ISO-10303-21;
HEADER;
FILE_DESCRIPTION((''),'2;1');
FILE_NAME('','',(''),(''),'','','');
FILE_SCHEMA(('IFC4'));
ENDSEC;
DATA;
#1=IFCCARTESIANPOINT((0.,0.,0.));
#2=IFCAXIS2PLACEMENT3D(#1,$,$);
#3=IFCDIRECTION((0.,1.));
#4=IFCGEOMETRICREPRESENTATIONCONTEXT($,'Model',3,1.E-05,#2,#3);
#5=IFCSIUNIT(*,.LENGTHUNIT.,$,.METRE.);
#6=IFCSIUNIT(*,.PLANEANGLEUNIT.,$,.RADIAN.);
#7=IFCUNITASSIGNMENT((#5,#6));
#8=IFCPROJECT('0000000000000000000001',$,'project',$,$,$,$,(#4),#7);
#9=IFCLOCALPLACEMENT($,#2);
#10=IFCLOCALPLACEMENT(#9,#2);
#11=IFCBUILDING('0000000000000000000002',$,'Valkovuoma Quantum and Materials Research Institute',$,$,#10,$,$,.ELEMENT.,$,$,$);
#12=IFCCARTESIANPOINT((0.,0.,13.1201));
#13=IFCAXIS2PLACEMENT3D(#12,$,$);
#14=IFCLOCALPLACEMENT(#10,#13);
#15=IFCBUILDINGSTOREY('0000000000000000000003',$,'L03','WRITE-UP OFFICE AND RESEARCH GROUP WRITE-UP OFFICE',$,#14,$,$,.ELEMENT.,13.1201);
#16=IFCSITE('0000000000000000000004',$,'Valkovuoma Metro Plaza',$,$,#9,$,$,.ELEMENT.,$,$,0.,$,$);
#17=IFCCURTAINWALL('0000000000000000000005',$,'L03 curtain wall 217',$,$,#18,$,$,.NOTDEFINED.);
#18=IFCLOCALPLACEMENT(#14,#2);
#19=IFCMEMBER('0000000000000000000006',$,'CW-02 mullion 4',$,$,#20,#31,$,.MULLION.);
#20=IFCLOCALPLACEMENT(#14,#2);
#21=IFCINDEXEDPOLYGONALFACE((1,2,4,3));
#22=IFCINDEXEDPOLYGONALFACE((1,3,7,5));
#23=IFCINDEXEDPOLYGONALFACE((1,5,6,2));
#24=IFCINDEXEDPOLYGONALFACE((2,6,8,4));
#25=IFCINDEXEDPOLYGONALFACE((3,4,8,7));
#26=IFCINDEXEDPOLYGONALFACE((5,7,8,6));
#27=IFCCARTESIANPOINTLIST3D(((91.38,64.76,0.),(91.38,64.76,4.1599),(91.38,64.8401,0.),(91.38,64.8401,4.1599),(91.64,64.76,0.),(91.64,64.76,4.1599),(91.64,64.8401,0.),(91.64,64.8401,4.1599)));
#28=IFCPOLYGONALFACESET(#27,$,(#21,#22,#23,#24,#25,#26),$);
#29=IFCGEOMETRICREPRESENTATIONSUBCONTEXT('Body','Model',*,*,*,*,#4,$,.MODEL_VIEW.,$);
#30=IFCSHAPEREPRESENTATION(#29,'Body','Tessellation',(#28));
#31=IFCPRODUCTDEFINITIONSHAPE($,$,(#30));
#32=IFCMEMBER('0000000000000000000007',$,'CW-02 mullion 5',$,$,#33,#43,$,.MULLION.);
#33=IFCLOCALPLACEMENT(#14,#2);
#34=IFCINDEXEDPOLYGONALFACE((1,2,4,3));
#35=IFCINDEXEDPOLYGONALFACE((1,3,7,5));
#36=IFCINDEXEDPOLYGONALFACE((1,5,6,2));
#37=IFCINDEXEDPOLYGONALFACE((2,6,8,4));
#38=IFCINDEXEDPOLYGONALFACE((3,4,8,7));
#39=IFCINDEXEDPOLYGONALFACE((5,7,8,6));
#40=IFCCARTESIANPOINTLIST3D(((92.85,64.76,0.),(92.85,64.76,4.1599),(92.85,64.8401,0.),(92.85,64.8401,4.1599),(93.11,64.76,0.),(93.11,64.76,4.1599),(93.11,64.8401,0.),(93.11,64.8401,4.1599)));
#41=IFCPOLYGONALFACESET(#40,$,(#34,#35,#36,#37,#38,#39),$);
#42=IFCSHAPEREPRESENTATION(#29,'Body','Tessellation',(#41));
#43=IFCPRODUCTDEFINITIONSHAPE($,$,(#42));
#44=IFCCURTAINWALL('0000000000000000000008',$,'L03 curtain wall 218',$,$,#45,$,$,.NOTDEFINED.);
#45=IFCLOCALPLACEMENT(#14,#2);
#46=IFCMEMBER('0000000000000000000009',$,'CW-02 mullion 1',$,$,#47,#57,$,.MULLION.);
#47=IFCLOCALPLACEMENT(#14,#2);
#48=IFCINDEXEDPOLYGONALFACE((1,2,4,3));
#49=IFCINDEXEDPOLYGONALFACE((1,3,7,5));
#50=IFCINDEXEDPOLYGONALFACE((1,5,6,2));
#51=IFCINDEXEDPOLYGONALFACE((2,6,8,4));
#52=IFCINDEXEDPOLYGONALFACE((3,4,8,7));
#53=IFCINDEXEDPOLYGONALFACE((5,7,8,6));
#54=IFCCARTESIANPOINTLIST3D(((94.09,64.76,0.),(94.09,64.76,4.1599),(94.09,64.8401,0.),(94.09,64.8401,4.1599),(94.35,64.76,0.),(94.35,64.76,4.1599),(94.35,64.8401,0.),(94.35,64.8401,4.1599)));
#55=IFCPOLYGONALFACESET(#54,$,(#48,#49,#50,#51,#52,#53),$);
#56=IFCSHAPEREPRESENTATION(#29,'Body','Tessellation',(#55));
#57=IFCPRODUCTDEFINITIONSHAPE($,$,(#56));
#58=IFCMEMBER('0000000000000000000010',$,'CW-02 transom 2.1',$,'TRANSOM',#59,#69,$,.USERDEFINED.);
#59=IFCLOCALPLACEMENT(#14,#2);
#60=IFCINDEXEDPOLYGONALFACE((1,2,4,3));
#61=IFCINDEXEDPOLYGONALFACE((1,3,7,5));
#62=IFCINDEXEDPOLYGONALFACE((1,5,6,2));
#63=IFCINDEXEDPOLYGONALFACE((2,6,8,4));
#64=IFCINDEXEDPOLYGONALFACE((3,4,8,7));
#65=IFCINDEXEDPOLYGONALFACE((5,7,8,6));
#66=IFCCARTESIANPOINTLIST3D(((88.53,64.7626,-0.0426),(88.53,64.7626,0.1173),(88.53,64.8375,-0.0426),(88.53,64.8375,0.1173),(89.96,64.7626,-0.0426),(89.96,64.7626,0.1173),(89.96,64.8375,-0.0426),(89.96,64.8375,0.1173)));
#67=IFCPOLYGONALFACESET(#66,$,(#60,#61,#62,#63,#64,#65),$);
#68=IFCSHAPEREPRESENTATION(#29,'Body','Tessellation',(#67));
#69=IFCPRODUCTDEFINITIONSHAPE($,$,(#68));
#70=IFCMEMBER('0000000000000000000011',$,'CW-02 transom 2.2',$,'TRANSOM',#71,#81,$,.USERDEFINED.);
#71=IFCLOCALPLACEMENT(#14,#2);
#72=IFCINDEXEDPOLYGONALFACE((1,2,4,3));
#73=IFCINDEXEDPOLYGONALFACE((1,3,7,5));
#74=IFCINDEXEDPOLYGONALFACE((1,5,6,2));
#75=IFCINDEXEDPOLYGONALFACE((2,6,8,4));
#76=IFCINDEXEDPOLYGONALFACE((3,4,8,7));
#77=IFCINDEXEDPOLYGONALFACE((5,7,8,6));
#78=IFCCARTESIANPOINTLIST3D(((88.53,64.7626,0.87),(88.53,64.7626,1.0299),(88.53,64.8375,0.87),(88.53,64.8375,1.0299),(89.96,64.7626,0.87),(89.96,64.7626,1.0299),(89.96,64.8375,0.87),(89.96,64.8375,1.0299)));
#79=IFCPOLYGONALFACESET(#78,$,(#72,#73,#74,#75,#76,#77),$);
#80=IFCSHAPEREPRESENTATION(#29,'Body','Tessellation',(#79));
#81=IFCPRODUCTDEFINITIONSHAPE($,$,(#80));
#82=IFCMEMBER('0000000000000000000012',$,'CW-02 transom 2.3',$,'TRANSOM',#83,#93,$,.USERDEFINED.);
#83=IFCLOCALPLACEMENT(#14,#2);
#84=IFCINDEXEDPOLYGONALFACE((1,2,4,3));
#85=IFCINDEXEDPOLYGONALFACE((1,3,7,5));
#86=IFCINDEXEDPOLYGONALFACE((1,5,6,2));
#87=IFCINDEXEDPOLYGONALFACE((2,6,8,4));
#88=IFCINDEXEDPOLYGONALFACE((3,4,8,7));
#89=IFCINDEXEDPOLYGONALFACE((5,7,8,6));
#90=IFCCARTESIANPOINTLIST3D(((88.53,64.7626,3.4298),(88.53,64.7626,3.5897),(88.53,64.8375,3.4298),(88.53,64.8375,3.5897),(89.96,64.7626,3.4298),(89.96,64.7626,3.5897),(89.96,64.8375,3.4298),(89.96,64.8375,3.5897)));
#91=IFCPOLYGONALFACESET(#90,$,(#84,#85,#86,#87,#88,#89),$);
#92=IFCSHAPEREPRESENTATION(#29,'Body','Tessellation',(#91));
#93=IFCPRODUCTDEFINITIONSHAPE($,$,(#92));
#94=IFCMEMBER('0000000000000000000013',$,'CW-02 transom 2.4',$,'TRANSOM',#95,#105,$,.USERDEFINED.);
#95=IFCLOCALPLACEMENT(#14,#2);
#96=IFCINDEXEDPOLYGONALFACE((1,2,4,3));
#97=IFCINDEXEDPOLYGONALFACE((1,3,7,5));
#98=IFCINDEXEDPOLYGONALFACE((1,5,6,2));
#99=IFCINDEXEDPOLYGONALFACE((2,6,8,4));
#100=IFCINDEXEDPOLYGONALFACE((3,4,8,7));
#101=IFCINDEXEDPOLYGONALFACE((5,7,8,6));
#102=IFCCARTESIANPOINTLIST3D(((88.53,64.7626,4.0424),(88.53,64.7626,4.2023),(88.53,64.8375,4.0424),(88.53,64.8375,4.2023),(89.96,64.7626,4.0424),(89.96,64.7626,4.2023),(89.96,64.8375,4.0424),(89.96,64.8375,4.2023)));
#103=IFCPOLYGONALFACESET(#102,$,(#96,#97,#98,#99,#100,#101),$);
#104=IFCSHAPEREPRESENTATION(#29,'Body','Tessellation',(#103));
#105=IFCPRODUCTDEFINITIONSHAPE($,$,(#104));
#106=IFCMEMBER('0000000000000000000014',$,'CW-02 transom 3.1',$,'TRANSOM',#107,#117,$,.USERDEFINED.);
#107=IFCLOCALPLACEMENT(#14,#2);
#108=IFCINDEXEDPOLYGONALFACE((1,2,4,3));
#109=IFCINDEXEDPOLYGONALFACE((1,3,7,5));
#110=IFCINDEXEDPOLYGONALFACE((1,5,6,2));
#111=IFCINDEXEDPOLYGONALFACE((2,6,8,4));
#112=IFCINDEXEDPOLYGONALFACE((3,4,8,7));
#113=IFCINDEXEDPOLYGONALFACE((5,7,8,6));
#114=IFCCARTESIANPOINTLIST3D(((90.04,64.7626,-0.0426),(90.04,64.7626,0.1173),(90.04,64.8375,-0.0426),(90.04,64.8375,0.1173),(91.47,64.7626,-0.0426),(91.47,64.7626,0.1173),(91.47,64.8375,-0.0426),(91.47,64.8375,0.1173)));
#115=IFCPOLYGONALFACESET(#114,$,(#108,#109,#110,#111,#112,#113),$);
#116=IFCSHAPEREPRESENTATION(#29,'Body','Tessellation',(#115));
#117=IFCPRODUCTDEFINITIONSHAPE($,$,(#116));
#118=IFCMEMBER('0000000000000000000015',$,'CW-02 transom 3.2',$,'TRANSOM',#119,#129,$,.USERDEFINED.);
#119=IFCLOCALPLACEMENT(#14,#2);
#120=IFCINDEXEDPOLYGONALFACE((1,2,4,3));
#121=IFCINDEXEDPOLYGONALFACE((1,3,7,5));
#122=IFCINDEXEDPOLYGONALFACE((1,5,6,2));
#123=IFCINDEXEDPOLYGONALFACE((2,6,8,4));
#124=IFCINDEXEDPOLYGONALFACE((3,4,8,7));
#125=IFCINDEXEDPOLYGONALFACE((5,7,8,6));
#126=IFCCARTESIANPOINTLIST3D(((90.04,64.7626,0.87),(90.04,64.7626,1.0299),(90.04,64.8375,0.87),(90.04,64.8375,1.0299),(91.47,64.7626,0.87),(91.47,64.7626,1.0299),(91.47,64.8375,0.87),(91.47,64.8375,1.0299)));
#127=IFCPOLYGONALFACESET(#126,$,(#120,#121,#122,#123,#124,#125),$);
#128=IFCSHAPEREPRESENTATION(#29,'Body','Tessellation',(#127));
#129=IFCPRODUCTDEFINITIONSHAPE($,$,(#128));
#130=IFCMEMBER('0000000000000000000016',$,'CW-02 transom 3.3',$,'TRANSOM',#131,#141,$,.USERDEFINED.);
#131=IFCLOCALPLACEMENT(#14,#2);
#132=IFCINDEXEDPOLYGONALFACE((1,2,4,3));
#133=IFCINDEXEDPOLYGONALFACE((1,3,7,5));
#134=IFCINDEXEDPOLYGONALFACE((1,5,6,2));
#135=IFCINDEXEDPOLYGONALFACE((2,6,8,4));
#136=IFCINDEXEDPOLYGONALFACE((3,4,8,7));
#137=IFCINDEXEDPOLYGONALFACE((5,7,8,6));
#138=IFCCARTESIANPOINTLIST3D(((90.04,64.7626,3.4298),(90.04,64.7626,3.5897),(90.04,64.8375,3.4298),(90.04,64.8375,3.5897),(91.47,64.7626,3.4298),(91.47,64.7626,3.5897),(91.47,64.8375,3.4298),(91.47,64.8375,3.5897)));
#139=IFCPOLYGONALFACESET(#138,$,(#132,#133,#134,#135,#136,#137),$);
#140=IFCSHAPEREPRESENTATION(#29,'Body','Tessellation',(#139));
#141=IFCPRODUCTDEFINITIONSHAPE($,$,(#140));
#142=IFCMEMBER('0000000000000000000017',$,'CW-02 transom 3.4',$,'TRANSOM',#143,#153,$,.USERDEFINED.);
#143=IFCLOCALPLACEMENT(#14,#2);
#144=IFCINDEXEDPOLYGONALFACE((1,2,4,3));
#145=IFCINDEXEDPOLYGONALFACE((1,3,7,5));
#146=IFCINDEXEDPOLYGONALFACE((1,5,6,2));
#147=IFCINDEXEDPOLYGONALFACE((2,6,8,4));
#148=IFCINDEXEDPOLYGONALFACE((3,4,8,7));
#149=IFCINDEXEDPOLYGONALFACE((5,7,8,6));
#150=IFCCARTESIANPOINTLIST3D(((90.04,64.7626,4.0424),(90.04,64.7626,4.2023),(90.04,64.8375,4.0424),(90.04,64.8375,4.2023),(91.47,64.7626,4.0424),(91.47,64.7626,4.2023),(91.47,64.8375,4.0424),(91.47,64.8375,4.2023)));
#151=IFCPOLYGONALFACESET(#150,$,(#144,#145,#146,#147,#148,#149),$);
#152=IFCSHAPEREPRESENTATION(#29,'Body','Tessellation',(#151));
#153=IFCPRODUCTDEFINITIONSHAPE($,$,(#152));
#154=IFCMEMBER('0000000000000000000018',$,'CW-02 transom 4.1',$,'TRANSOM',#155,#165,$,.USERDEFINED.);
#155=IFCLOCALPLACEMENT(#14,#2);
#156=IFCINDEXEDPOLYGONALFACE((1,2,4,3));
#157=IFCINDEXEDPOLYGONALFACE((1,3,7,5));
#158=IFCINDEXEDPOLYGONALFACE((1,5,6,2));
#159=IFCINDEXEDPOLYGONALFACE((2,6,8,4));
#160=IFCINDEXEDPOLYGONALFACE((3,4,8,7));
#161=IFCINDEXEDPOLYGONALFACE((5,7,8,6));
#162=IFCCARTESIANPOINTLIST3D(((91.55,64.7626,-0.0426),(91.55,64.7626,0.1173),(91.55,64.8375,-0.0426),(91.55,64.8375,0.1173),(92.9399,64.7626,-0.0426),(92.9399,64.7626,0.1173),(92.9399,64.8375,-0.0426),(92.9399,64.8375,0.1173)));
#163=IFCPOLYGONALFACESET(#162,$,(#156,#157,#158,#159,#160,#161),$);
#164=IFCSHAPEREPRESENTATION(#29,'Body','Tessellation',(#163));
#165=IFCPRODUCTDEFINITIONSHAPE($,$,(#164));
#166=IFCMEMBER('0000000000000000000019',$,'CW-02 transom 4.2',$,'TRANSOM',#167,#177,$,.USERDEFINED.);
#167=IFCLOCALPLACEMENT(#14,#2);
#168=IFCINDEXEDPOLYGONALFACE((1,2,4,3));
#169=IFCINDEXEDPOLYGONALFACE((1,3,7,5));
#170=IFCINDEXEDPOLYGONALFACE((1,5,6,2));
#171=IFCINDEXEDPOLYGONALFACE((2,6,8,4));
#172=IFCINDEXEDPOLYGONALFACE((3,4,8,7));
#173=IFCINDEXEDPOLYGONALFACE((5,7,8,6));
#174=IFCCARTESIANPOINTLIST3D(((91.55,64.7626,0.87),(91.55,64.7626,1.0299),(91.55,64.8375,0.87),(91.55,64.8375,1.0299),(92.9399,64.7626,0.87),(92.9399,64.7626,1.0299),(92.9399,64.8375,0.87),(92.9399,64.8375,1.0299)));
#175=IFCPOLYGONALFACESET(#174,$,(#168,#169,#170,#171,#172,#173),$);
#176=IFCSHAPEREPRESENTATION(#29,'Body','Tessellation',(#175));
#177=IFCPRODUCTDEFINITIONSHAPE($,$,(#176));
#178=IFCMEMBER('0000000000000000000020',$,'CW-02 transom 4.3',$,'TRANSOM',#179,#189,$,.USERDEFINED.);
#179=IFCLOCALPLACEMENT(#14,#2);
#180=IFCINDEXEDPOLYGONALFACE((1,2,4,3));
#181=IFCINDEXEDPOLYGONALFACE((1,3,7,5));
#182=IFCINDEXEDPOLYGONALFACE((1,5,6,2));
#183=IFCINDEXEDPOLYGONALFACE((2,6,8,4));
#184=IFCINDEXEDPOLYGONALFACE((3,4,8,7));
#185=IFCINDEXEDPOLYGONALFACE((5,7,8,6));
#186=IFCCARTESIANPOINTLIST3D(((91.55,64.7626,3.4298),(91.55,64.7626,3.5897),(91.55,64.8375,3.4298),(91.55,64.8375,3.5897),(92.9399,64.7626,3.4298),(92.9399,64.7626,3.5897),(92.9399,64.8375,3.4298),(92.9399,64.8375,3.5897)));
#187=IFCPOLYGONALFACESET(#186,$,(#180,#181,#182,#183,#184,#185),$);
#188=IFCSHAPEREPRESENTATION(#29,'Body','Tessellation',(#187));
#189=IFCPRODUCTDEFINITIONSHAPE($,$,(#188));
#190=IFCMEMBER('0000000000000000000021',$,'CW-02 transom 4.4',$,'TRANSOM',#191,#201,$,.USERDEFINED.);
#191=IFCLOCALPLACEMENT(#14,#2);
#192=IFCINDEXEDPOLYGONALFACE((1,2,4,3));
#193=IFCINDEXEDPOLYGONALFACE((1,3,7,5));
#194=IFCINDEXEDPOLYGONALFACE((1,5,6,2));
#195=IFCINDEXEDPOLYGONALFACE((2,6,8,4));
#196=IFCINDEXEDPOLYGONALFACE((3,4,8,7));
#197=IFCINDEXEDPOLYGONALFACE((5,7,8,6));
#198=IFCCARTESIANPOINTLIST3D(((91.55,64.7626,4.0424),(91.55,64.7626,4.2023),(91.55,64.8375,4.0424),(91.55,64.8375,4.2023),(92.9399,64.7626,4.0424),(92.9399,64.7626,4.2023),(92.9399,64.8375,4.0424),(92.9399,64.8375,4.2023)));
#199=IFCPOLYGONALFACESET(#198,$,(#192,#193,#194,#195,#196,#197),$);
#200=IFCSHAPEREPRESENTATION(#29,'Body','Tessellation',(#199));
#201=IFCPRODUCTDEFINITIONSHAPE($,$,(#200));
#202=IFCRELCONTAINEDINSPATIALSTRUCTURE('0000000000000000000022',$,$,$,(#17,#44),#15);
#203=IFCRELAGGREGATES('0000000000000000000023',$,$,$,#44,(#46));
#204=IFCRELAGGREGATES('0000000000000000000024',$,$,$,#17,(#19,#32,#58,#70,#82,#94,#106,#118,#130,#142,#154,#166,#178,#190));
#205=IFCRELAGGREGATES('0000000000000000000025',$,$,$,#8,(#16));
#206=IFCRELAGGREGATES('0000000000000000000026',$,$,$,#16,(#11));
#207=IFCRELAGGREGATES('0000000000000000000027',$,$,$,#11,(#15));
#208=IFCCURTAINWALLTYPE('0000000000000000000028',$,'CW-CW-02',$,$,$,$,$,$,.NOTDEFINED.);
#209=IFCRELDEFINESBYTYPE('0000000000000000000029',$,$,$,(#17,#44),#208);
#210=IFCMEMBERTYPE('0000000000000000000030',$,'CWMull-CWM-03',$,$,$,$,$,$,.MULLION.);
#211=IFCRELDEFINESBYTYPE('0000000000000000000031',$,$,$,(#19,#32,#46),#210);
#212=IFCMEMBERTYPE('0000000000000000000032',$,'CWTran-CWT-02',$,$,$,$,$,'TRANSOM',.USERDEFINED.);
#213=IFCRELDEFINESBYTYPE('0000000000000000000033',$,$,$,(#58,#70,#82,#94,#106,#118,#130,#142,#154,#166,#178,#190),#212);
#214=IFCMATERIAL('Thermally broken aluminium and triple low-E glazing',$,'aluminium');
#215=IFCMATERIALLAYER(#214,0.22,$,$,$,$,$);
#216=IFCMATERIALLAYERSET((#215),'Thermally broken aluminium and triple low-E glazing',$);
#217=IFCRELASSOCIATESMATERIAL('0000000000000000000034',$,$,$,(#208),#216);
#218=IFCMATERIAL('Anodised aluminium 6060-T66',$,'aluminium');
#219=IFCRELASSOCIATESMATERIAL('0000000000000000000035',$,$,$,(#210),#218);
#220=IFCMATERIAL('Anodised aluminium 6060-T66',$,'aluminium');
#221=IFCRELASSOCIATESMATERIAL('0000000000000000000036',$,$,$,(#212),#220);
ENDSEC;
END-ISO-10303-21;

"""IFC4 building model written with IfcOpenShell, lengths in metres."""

from ifc_helpers import new_model, si_unit, direction, frame, origin, origin_2d, place, context, subcontext, project, spatial, rectangle, extrude, material, layer, layer_set, material_profile, profile_set, type_object, element, aggregate, save


model = new_model("IFC4")

# Units and contexts
model_context = context("Model", 3, precision=1e-05, world=origin(), true_north=direction((0.0, 1.0)))
body_context = subcontext(model_context, "Body", "Model", "MODEL_VIEW")
ifc_project = project(units=[si_unit("LENGTHUNIT", "METRE"), si_unit("PLANEANGLEUNIT", "RADIAN")], contexts=[model_context])

# Site, building, storey
site_placement = place(None, origin())
site = spatial("IfcSite", under=ifc_project, at=site_placement, Name="Valkovuoma Metro Plaza", CompositionType="ELEMENT", RefElevation=0.0)
building_placement = place(site_placement, origin())
building = spatial("IfcBuilding", under=site, at=building_placement, Name="Valkovuoma Quantum and Materials Research Institute", CompositionType="ELEMENT")
storey_placement = place(building_placement, frame((0.0, 0.0, 13.1201)))
storey = spatial("IfcBuildingStorey", under=building, at=storey_placement, Name="L03", Description="WRITE-UP OFFICE AND RESEARCH GROUP WRITE-UP OFFICE", CompositionType="ELEMENT", Elevation=13.1201)

# Curtain wall, members
ifc_material_1 = material(Name="Thermally broken aluminium and triple low-E glazing", Category="aluminium")
ifc_layer_1 = layer(ifc_material_1, 0.22)
ifc_layer_set_1 = layer_set([ifc_layer_1], Name="Thermally broken aluminium and triple low-E glazing")
curtain_wall_type = type_object("IfcCurtainWallType", Name="CW-CW-02", PredefinedType="NOTDEFINED", material=ifc_layer_set_1)
curtain_wall_1_placement = place(storey_placement, origin())
curtain_wall_1 = element("IfcCurtainWall", 1, at=curtain_wall_1_placement, inside=storey, type_object=curtain_wall_type, Name="L03 curtain wall 217", PredefinedType="NOTDEFINED")
ifc_material_2 = material(Name="Anodised aluminium 6060-T66", Category="aluminium")
ifc_material_profile_1 = material_profile(ifc_material_2, rectangle(XDim=0.0801, YDim=0.26, at=origin_2d()), Name="Anodised aluminium 6060-T66")
ifc_profile_set_1 = profile_set([ifc_material_profile_1], Name="Anodised aluminium 6060-T66")
member_type_1 = type_object("IfcMemberType", Name="CWMull-CWM-03", PredefinedType="MULLION", material=ifc_profile_set_1)
member_1_placement = place(storey_placement, frame((91.51, 64.8, 0.0), z_axis=(0.0, 0.0, 1.0), x_axis=(0.0, 1.0, 0.0)))
member_1 = element("IfcMember", 2, at=member_1_placement, type_object=member_type_1, Name="CW-02 mullion 4", PredefinedType="MULLION", context=body_context, shape_type="SweptSolid", body=[
    extrude(rectangle(XDim=0.0801, YDim=0.26, at=origin_2d()), origin(), (0.0, 0.0, 1.0), 4.1599),
])
member_2_placement = place(storey_placement, frame((92.98, 64.8, 0.0), z_axis=(0.0, 0.0, 1.0), x_axis=(0.0, 1.0, 0.0)))
member_2 = element("IfcMember", 3, at=member_2_placement, type_object=member_type_1, Name="CW-02 mullion 5", PredefinedType="MULLION", context=body_context, shape_type="SweptSolid", body=[
    extrude(rectangle(XDim=0.0801, YDim=0.26, at=origin_2d()), origin(), (0.0, 0.0, 1.0), 4.1599),
])

# Curtain wall, member
curtain_wall_2_placement = place(storey_placement, origin())
curtain_wall_2 = element("IfcCurtainWall", 4, at=curtain_wall_2_placement, inside=storey, type_object=curtain_wall_type, Name="L03 curtain wall 218", PredefinedType="NOTDEFINED")
member_3_placement = place(storey_placement, frame((94.22, 64.8, 0.0), z_axis=(0.0, 0.0, 1.0), x_axis=(0.0, 1.0, 0.0)))
member_3 = element("IfcMember", 5, at=member_3_placement, type_object=member_type_1, Name="CW-02 mullion 1", PredefinedType="MULLION", context=body_context, shape_type="SweptSolid", body=[
    extrude(rectangle(XDim=0.0801, YDim=0.26, at=origin_2d()), origin(), (0.0, 0.0, 1.0), 4.1599),
])

# Members
ifc_material_3 = material(Name="Anodised aluminium 6060-T66", Category="aluminium")
ifc_material_profile_2 = material_profile(ifc_material_3, rectangle(XDim=0.075, YDim=0.1599, at=origin_2d()), Name="Anodised aluminium 6060-T66")
ifc_profile_set_2 = profile_set([ifc_material_profile_2], Name="Anodised aluminium 6060-T66")
member_type_2 = type_object("IfcMemberType", Name="CWTran-CWT-02", ElementType="TRANSOM", PredefinedType="USERDEFINED", material=ifc_profile_set_2)
member_4_placement = place(storey_placement, frame((88.53, 64.8, 0.0374), z_axis=(1.0, 0.0, 0.0), x_axis=(0.0, 1.0, 0.0)))
member_4 = element("IfcMember", 6, at=member_4_placement, type_object=member_type_2, Name="CW-02 transom 2.1", ObjectType="TRANSOM", PredefinedType="USERDEFINED", context=body_context, shape_type="SweptSolid", body=[
    extrude(rectangle(XDim=0.075, YDim=0.1599, at=origin_2d()), origin(), (0.0, 0.0, 1.0), 1.4299),
])
member_5_placement = place(storey_placement, frame((88.53, 64.8, 0.95), z_axis=(1.0, 0.0, 0.0), x_axis=(0.0, 1.0, 0.0)))
member_5 = element("IfcMember", 7, at=member_5_placement, type_object=member_type_2, Name="CW-02 transom 2.2", ObjectType="TRANSOM", PredefinedType="USERDEFINED", context=body_context, shape_type="SweptSolid", body=[
    extrude(rectangle(XDim=0.075, YDim=0.1599, at=origin_2d()), origin(), (0.0, 0.0, 1.0), 1.4299),
])
member_6_placement = place(storey_placement, frame((88.53, 64.8, 3.5098), z_axis=(1.0, 0.0, 0.0), x_axis=(0.0, 1.0, 0.0)))
member_6 = element("IfcMember", 8, at=member_6_placement, type_object=member_type_2, Name="CW-02 transom 2.3", ObjectType="TRANSOM", PredefinedType="USERDEFINED", context=body_context, shape_type="SweptSolid", body=[
    extrude(rectangle(XDim=0.075, YDim=0.1599, at=origin_2d()), origin(), (0.0, 0.0, 1.0), 1.4299),
])
member_7_placement = place(storey_placement, frame((88.53, 64.8, 4.1223), z_axis=(1.0, 0.0, 0.0), x_axis=(0.0, 1.0, 0.0)))
member_7 = element("IfcMember", 9, at=member_7_placement, type_object=member_type_2, Name="CW-02 transom 2.4", ObjectType="TRANSOM", PredefinedType="USERDEFINED", context=body_context, shape_type="SweptSolid", body=[
    extrude(rectangle(XDim=0.075, YDim=0.1599, at=origin_2d()), origin(), (0.0, 0.0, 1.0), 1.4299),
])
member_8_placement = place(storey_placement, frame((90.04, 64.8, 0.0374), z_axis=(1.0, 0.0, 0.0), x_axis=(0.0, 1.0, 0.0)))
member_8 = element("IfcMember", 10, at=member_8_placement, type_object=member_type_2, Name="CW-02 transom 3.1", ObjectType="TRANSOM", PredefinedType="USERDEFINED", context=body_context, shape_type="SweptSolid", body=[
    extrude(rectangle(XDim=0.075, YDim=0.1599, at=origin_2d()), origin(), (0.0, 0.0, 1.0), 1.4299),
])
member_9_placement = place(storey_placement, frame((90.04, 64.8, 0.95), z_axis=(1.0, 0.0, 0.0), x_axis=(0.0, 1.0, 0.0)))
member_9 = element("IfcMember", 11, at=member_9_placement, type_object=member_type_2, Name="CW-02 transom 3.2", ObjectType="TRANSOM", PredefinedType="USERDEFINED", context=body_context, shape_type="SweptSolid", body=[
    extrude(rectangle(XDim=0.075, YDim=0.1599, at=origin_2d()), origin(), (0.0, 0.0, 1.0), 1.4299),
])
member_10_placement = place(storey_placement, frame((90.04, 64.8, 3.5098), z_axis=(1.0, 0.0, 0.0), x_axis=(0.0, 1.0, 0.0)))
member_10 = element("IfcMember", 12, at=member_10_placement, type_object=member_type_2, Name="CW-02 transom 3.3", ObjectType="TRANSOM", PredefinedType="USERDEFINED", context=body_context, shape_type="SweptSolid", body=[
    extrude(rectangle(XDim=0.075, YDim=0.1599, at=origin_2d()), origin(), (0.0, 0.0, 1.0), 1.4299),
])
member_11_placement = place(storey_placement, frame((90.04, 64.8, 4.1223), z_axis=(1.0, 0.0, 0.0), x_axis=(0.0, 1.0, 0.0)))
member_11 = element("IfcMember", 13, at=member_11_placement, type_object=member_type_2, Name="CW-02 transom 3.4", ObjectType="TRANSOM", PredefinedType="USERDEFINED", context=body_context, shape_type="SweptSolid", body=[
    extrude(rectangle(XDim=0.075, YDim=0.1599, at=origin_2d()), origin(), (0.0, 0.0, 1.0), 1.4299),
])
member_12_placement = place(storey_placement, frame((91.55, 64.8, 0.0374), z_axis=(1.0, 0.0, 0.0), x_axis=(0.0, 1.0, 0.0)))
member_12 = element("IfcMember", 14, at=member_12_placement, type_object=member_type_2, Name="CW-02 transom 4.1", ObjectType="TRANSOM", PredefinedType="USERDEFINED", context=body_context, shape_type="SweptSolid", body=[
    extrude(rectangle(XDim=0.075, YDim=0.1599, at=origin_2d()), origin(), (0.0, 0.0, 1.0), 1.3899),
])
member_13_placement = place(storey_placement, frame((91.55, 64.8, 0.95), z_axis=(1.0, 0.0, 0.0), x_axis=(0.0, 1.0, 0.0)))
member_13 = element("IfcMember", 15, at=member_13_placement, type_object=member_type_2, Name="CW-02 transom 4.2", ObjectType="TRANSOM", PredefinedType="USERDEFINED", context=body_context, shape_type="SweptSolid", body=[
    extrude(rectangle(XDim=0.075, YDim=0.1599, at=origin_2d()), origin(), (0.0, 0.0, 1.0), 1.3899),
])
member_14_placement = place(storey_placement, frame((91.55, 64.8, 3.5098), z_axis=(1.0, 0.0, 0.0), x_axis=(0.0, 1.0, 0.0)))
member_14 = element("IfcMember", 16, at=member_14_placement, type_object=member_type_2, Name="CW-02 transom 4.3", ObjectType="TRANSOM", PredefinedType="USERDEFINED", context=body_context, shape_type="SweptSolid", body=[
    extrude(rectangle(XDim=0.075, YDim=0.1599, at=origin_2d()), origin(), (0.0, 0.0, 1.0), 1.3899),
])
member_15_placement = place(storey_placement, frame((91.55, 64.8, 4.1223), z_axis=(1.0, 0.0, 0.0), x_axis=(0.0, 1.0, 0.0)))
member_15 = element("IfcMember", 17, at=member_15_placement, type_object=member_type_2, Name="CW-02 transom 4.4", ObjectType="TRANSOM", PredefinedType="USERDEFINED", context=body_context, shape_type="SweptSolid", body=[
    extrude(rectangle(XDim=0.075, YDim=0.1599, at=origin_2d()), origin(), (0.0, 0.0, 1.0), 1.3899),
])
aggregate(curtain_wall_2, [member_3])

aggregate(curtain_wall_1, [member_1, member_2, member_4, member_5, member_6, member_7, member_8, member_9, member_10, member_11, member_12, member_13, member_14, member_15])

save(model, "model.ifc")
